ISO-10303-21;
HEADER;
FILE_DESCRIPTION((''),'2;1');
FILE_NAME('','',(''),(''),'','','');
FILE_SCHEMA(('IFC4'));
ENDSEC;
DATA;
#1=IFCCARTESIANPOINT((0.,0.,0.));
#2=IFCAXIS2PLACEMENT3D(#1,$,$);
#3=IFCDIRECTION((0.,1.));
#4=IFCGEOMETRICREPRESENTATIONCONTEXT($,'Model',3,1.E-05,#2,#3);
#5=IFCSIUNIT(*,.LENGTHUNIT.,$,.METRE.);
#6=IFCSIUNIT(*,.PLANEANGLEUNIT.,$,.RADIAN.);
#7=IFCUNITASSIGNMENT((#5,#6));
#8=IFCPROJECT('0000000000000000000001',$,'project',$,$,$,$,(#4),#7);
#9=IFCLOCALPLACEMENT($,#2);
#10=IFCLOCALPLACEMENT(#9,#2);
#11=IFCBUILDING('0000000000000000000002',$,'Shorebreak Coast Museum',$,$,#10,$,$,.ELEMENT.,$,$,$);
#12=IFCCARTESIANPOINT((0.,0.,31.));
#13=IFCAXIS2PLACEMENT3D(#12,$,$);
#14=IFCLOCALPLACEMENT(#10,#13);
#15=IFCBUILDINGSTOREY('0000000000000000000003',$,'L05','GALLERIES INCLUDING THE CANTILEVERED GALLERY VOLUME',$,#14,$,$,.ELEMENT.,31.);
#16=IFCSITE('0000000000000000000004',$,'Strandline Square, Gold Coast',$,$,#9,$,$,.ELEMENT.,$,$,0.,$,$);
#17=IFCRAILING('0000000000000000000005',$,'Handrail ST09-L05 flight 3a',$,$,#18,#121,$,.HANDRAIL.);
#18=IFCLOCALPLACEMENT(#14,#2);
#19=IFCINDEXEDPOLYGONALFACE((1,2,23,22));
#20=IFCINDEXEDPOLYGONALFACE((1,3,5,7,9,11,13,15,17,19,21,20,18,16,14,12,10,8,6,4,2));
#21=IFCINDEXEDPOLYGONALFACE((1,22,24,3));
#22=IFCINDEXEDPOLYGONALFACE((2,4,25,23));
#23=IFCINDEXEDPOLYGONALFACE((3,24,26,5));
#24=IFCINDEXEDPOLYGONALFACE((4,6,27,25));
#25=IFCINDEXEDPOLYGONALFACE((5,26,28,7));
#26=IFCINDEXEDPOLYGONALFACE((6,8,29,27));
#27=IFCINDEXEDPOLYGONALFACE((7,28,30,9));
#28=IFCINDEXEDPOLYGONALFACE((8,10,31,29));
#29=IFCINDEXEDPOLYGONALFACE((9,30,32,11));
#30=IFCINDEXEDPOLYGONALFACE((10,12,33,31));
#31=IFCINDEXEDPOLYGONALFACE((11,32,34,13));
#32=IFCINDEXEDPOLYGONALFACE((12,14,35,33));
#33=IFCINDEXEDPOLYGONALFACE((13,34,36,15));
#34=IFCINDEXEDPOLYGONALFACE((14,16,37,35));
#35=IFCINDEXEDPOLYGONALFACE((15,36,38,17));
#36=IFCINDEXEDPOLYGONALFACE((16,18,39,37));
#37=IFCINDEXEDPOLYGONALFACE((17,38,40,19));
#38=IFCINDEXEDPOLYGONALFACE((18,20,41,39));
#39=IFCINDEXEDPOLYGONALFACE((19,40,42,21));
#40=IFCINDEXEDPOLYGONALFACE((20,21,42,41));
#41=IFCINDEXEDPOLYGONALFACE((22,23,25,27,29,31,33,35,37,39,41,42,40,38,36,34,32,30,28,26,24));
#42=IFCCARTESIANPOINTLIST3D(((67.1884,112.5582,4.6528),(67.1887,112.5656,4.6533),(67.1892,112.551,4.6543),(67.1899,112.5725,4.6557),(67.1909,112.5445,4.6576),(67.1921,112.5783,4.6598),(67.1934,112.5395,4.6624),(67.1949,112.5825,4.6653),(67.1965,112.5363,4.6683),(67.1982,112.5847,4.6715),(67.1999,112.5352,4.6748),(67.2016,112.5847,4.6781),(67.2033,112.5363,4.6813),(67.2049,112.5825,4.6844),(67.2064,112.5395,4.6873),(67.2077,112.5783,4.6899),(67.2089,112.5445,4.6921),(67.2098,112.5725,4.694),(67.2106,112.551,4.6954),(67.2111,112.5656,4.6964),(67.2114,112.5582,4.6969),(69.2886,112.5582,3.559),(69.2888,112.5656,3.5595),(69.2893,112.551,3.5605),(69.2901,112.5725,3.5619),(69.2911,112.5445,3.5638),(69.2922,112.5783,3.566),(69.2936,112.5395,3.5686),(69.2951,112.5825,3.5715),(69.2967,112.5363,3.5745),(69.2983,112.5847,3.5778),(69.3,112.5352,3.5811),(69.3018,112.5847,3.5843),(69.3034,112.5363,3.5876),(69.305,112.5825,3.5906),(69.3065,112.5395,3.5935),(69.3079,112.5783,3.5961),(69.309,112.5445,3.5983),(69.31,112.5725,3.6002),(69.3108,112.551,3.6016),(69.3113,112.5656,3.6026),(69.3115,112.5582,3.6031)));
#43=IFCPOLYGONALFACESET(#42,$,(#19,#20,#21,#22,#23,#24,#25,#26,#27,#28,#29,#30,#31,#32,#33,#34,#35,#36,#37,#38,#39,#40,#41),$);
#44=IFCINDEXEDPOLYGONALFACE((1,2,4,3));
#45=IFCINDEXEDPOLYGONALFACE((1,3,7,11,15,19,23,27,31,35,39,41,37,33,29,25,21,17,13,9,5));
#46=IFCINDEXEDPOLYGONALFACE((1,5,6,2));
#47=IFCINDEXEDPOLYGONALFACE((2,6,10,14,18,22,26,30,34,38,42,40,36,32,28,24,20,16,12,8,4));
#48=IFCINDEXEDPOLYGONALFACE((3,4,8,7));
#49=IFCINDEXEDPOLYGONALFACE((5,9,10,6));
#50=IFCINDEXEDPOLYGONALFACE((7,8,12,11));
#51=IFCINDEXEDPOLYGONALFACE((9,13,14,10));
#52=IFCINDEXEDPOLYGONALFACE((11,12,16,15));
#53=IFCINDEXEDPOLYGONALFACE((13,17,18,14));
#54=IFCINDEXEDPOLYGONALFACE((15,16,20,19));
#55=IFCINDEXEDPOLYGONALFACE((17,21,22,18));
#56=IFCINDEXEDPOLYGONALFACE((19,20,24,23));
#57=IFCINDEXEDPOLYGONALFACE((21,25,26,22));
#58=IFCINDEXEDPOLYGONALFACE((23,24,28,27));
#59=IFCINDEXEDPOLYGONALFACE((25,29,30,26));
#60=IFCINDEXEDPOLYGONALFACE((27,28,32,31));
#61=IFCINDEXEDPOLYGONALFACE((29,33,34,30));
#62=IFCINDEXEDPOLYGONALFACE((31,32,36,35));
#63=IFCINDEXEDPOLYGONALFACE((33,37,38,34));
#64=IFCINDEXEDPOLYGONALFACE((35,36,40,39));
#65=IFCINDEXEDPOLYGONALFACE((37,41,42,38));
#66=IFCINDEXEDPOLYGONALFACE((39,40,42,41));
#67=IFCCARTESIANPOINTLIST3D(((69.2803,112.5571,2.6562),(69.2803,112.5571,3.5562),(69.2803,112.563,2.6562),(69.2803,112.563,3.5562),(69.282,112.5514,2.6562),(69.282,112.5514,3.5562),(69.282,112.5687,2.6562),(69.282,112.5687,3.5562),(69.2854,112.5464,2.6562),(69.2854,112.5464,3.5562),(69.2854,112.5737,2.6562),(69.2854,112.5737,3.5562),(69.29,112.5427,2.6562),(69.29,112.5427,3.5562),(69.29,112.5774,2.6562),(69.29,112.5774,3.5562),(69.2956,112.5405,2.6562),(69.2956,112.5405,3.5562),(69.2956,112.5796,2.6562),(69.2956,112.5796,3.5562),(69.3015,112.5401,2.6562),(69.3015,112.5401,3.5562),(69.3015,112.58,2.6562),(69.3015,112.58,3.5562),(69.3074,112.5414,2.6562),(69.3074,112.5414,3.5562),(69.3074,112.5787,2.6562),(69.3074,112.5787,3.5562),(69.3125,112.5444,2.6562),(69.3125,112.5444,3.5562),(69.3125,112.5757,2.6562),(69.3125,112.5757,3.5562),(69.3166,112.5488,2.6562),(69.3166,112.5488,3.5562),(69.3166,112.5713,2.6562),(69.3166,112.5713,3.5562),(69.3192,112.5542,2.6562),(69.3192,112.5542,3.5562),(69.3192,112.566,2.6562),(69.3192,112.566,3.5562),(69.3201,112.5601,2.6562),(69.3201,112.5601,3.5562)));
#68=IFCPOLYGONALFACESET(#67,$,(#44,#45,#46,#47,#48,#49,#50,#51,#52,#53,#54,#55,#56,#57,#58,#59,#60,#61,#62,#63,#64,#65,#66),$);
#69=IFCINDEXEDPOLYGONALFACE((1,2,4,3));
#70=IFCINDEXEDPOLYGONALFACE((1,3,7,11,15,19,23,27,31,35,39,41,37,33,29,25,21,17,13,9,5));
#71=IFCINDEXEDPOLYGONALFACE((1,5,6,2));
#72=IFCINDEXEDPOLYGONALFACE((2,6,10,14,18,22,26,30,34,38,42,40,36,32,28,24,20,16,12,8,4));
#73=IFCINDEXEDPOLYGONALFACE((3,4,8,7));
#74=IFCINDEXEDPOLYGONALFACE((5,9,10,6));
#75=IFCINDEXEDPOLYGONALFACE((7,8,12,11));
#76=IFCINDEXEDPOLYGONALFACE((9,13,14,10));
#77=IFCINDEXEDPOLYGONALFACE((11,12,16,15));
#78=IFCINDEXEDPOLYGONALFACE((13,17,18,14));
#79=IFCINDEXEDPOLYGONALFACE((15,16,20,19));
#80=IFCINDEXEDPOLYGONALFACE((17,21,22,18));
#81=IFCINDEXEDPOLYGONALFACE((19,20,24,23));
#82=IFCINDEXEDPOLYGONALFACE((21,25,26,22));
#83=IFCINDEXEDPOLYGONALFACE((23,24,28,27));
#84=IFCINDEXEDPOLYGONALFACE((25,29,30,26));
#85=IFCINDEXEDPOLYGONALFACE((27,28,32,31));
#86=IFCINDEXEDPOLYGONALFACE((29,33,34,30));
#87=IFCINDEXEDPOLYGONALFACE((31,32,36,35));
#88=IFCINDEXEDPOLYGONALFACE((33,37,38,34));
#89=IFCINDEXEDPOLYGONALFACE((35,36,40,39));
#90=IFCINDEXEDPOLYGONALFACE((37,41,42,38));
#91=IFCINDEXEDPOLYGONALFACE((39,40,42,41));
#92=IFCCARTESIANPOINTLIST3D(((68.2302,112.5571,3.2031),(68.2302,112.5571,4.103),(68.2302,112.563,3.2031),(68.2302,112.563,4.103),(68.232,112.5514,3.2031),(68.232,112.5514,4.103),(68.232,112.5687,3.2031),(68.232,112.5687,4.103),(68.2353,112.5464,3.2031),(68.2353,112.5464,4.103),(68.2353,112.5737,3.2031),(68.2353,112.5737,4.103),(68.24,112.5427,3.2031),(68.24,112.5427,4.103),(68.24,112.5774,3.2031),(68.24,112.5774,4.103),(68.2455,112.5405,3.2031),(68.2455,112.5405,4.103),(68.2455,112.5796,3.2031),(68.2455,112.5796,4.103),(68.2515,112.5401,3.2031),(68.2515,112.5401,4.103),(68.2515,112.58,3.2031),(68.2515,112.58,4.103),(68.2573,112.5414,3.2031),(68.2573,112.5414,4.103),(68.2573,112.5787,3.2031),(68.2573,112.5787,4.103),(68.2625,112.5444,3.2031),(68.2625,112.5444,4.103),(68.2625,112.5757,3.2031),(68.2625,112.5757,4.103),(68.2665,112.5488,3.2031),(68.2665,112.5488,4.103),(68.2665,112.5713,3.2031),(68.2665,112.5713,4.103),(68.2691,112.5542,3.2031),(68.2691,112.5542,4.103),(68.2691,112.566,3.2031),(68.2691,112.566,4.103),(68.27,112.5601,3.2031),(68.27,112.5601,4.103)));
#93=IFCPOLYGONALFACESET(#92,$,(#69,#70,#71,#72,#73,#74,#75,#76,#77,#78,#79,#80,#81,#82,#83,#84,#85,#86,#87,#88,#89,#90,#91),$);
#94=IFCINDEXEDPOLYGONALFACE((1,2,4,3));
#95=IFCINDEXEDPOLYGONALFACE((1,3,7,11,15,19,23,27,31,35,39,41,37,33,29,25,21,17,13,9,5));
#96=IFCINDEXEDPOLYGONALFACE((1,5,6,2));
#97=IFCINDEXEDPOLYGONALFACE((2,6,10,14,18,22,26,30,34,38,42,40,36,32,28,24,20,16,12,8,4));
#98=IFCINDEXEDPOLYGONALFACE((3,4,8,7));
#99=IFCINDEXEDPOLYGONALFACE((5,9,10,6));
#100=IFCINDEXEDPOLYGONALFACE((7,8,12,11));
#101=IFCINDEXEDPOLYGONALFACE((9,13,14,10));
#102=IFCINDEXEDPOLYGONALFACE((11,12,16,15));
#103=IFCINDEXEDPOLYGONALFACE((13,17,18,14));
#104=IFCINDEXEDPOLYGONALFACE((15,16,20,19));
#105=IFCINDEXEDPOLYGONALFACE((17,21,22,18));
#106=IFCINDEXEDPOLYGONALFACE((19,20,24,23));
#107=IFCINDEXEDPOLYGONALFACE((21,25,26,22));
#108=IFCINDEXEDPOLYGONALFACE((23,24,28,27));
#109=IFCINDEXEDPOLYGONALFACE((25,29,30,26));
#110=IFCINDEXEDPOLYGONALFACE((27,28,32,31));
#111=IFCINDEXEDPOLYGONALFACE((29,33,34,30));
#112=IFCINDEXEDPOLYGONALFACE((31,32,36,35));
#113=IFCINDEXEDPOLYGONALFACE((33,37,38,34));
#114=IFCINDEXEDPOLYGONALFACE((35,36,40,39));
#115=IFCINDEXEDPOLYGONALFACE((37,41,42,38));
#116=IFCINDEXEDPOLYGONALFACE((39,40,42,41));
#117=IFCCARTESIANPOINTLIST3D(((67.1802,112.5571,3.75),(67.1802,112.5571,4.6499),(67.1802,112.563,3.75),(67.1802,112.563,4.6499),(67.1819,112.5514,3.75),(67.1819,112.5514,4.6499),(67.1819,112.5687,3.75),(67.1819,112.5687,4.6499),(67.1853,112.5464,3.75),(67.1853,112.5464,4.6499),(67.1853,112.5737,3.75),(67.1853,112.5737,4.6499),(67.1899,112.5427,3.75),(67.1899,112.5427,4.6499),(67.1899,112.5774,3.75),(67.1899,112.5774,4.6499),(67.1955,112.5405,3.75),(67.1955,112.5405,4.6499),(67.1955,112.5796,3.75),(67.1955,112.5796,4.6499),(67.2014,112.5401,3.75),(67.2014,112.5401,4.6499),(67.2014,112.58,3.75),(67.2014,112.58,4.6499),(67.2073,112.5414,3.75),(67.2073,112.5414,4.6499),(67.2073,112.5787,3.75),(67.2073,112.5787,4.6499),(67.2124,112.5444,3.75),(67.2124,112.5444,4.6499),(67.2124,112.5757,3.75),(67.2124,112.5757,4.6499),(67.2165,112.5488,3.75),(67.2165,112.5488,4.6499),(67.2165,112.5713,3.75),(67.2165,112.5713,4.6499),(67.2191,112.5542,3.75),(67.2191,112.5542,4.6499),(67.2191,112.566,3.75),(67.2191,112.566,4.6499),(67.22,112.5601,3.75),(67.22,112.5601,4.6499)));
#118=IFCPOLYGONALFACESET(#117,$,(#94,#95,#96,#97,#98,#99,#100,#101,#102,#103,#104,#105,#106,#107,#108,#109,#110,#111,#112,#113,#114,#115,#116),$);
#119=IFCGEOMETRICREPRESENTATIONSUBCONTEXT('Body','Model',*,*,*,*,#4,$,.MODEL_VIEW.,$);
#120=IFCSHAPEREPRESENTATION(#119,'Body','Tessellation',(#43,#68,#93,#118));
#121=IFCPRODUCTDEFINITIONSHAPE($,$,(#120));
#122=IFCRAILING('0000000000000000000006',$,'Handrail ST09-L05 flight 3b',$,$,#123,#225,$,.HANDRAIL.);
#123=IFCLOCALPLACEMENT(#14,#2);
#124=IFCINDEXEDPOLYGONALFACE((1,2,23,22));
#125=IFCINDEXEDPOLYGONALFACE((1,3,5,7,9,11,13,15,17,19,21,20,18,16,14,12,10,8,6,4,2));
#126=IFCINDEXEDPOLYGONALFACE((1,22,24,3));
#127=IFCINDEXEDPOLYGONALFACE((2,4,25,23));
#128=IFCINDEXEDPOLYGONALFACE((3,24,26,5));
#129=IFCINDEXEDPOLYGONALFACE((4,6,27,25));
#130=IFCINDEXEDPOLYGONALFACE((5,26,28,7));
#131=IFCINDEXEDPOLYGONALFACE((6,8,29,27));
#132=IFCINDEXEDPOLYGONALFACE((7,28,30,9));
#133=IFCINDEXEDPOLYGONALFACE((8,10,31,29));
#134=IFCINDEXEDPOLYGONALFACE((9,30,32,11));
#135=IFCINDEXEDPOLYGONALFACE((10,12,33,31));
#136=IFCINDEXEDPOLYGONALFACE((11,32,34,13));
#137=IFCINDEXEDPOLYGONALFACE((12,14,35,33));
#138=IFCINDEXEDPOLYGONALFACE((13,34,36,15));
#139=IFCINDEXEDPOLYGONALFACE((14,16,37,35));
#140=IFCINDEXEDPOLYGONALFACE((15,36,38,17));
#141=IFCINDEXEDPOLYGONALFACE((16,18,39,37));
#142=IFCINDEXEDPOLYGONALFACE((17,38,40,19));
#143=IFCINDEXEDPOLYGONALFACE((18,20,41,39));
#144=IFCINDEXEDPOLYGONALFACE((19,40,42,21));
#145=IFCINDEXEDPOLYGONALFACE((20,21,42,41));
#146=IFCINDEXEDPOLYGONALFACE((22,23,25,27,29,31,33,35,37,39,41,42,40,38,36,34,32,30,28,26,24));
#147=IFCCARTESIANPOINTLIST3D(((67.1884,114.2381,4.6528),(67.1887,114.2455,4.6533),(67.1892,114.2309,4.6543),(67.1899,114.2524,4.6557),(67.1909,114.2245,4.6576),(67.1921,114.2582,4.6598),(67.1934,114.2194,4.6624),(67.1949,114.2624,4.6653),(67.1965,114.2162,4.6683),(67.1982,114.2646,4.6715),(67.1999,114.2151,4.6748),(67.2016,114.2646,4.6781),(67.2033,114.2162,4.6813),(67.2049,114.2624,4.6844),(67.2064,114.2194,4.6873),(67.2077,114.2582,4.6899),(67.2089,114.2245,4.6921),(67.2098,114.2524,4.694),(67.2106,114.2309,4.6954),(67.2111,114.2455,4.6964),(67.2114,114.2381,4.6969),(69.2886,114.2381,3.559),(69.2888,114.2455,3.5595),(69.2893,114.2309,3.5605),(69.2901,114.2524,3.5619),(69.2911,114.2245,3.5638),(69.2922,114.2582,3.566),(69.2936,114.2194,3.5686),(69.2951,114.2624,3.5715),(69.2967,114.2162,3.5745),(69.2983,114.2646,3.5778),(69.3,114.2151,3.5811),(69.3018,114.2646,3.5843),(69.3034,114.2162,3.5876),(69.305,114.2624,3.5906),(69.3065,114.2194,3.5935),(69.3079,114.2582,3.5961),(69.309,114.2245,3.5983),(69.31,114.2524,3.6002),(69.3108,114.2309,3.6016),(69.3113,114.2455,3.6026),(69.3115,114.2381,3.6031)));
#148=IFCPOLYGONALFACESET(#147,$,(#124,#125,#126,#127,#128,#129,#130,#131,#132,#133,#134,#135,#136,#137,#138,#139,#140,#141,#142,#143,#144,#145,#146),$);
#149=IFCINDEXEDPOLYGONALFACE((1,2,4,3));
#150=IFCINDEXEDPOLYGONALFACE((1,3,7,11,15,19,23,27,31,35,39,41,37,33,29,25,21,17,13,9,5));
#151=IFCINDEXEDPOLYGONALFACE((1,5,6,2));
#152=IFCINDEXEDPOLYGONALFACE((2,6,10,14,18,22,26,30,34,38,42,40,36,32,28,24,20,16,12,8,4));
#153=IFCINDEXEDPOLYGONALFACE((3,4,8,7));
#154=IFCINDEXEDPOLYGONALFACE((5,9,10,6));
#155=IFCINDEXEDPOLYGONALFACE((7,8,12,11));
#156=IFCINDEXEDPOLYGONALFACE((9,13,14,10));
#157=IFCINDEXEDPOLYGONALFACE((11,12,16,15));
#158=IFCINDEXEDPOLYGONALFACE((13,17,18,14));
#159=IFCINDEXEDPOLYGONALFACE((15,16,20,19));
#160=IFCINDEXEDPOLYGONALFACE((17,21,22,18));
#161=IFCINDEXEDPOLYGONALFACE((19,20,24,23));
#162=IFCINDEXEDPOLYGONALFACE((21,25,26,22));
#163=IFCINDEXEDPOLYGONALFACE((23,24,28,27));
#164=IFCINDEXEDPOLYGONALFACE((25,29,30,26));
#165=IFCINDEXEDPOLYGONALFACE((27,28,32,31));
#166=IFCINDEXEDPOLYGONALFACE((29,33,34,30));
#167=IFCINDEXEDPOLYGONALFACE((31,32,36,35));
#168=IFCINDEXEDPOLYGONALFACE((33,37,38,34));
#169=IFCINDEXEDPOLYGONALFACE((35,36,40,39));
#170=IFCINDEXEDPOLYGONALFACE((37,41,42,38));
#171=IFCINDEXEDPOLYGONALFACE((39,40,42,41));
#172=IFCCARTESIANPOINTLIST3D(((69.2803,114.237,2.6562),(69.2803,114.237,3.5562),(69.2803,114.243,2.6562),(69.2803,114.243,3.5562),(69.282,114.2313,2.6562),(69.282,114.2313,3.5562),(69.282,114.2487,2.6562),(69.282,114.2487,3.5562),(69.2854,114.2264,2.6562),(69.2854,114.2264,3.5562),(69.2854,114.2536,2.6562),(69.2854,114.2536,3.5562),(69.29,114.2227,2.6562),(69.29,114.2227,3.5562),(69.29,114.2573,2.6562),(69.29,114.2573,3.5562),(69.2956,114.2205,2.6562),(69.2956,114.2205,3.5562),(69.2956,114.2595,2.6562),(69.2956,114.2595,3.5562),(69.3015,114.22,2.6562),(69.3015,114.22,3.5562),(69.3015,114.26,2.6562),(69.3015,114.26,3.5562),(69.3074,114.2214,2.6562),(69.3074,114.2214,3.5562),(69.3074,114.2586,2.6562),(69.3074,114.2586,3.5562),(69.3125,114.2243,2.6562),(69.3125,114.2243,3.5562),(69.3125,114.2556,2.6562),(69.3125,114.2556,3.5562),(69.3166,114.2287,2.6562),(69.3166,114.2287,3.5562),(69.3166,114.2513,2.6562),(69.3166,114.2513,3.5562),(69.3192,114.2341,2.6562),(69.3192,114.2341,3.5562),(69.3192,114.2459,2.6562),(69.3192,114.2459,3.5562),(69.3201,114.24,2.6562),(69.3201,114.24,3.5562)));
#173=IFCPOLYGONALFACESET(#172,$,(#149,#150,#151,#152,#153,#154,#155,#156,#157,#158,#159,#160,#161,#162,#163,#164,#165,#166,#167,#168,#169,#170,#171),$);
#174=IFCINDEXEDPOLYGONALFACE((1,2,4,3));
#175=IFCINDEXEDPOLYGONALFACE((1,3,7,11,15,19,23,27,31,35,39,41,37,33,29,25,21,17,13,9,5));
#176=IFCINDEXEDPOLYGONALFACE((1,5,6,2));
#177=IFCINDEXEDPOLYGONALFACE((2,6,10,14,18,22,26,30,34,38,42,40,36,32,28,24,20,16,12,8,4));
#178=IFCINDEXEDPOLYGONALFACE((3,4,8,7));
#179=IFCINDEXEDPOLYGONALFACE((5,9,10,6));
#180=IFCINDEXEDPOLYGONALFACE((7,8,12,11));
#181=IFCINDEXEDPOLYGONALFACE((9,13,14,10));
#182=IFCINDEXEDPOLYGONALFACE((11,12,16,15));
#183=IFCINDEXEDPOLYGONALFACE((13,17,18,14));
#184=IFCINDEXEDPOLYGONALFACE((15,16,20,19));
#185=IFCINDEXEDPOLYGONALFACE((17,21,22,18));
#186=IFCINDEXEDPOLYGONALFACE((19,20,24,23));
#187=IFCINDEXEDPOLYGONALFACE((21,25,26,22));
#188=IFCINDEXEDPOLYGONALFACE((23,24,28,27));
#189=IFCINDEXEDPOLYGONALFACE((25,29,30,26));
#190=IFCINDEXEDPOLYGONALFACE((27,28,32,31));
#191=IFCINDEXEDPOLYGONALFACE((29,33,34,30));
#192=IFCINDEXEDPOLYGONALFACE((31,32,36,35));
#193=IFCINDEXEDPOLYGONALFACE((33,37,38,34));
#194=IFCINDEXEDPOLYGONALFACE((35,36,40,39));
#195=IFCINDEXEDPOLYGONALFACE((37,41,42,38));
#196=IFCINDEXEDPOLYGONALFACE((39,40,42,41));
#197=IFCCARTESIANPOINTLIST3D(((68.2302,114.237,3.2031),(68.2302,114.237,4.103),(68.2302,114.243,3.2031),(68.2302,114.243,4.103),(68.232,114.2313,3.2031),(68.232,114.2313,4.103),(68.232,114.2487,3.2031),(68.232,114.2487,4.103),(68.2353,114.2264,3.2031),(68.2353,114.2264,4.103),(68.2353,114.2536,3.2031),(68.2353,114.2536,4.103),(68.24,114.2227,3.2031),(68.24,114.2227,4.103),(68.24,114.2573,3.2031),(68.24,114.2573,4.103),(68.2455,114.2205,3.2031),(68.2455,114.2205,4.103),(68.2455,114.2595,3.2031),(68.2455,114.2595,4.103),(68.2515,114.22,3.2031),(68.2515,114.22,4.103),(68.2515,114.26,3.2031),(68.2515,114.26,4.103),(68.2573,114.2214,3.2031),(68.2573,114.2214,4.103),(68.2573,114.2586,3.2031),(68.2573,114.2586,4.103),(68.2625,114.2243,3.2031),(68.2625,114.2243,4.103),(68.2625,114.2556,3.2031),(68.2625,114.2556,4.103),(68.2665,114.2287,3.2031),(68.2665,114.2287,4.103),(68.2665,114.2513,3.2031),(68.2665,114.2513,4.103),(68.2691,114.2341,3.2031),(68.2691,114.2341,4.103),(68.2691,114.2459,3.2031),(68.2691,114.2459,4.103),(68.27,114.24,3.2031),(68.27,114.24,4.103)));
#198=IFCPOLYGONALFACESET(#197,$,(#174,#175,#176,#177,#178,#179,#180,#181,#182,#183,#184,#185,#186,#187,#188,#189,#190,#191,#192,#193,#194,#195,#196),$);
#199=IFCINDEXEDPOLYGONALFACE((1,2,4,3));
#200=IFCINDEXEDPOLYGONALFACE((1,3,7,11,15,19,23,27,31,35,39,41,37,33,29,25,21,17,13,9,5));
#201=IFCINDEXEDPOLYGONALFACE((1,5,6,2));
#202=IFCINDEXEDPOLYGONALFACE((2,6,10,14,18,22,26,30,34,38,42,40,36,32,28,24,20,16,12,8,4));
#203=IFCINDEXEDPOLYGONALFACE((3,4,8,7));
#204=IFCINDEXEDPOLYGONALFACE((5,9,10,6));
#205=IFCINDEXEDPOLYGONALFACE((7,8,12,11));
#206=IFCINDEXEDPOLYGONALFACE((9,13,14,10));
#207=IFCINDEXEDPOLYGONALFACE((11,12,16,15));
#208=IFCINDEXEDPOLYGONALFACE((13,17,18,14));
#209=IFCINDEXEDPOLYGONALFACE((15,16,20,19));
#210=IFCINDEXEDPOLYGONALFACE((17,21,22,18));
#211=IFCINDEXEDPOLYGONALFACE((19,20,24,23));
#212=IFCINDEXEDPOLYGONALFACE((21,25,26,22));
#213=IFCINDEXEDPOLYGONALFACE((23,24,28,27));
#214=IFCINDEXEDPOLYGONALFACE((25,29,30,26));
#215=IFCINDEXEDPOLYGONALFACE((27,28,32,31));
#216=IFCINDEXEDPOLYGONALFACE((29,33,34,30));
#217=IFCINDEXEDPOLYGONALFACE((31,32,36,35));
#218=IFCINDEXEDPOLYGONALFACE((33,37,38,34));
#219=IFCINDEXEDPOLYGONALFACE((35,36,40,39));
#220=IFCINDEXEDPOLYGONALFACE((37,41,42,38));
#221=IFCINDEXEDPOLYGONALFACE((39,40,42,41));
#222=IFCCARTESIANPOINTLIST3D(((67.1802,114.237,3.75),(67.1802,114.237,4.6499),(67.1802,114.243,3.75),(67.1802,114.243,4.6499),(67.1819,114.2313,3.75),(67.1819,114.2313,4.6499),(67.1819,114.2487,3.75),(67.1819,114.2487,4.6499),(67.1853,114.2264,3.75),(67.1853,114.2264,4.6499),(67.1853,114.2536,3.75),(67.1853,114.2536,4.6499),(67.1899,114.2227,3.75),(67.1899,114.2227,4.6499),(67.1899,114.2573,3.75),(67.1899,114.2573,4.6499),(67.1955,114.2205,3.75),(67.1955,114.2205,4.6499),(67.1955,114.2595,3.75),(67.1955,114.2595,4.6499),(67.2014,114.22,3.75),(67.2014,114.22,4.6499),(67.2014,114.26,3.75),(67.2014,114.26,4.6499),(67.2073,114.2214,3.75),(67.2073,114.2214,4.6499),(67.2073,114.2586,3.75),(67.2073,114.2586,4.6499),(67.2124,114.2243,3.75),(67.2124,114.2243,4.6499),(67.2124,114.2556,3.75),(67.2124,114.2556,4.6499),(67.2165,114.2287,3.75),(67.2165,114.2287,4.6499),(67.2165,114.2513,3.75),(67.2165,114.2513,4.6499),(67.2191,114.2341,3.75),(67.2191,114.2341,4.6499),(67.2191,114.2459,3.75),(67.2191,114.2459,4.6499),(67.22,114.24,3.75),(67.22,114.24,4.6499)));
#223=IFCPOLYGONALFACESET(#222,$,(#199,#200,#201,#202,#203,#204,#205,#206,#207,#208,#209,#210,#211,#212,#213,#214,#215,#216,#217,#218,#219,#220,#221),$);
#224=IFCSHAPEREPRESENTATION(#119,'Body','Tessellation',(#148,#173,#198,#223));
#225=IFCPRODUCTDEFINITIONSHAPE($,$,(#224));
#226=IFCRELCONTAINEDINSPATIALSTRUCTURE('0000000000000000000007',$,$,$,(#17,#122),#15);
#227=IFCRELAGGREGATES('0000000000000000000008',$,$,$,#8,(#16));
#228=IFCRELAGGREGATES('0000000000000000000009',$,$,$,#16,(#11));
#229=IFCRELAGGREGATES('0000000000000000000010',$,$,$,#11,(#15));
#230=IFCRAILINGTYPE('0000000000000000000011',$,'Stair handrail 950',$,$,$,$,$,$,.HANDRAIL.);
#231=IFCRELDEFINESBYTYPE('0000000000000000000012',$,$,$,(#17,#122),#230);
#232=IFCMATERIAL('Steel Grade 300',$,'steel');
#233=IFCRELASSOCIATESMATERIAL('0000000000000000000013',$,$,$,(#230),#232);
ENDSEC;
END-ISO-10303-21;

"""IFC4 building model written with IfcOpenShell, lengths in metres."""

from ifc_helpers import new_model, si_unit, direction, frame, origin, origin_2d, place, context, subcontext, project, spatial, circle, extrude, material, type_object, element, save


model = new_model("IFC4")

# Units and contexts
model_context = context("Model", 3, precision=1e-05, world=origin(), true_north=direction((0.0, 1.0)))
body_context = subcontext(model_context, "Body", "Model", "MODEL_VIEW")
ifc_project = project(units=[si_unit("LENGTHUNIT", "METRE"), si_unit("PLANEANGLEUNIT", "RADIAN")], contexts=[model_context])

# Site, building, storey
site_placement = place(None, origin())
site = spatial("IfcSite", under=ifc_project, at=site_placement, Name="Strandline Square, Gold Coast", CompositionType="ELEMENT", RefElevation=0.0)
building_placement = place(site_placement, origin())
building = spatial("IfcBuilding", under=site, at=building_placement, Name="Shorebreak Coast Museum", CompositionType="ELEMENT")
storey_placement = place(building_placement, frame((0.0, 0.0, 31.0)))
storey = spatial("IfcBuildingStorey", under=building, at=storey_placement, Name="L05", Description="GALLERIES INCLUDING THE CANTILEVERED GALLERY VOLUME", CompositionType="ELEMENT", Elevation=31.0)

# Railings
ifc_material_1 = material(Name="Steel Grade 300", Category="steel")
railing_type_1 = type_object("IfcRailingType", Name="Stair handrail 950", PredefinedType="HANDRAIL", material=ifc_material_1)
for number, where, name in (
    (1, (69.3, 112.5601, 2.6562), "Handrail ST09-L05 flight 3a"),
    (2, (69.3, 114.24, 2.6562), "Handrail ST09-L05 flight 3b"),
):
    element("IfcRailing", number, at=place(storey_placement, frame(where)), inside=storey, type_object=railing_type_1, Name=name, PredefinedType="HANDRAIL", context=body_context, shape_type="SweptSolid", body=[
        extrude(circle(Radius=0.0249, at=origin_2d()), frame((0.0, 0.0, 0.9248), z_axis=(-0.886923, 0.0, 0.461918), x_axis=(0.0, -1.0, 0.0)), (0.0, 0.0, 1.0), 2.3679),
        extrude(circle(Radius=0.02, at=origin_2d()), origin(), (0.0, 0.0, 1.0), 0.8999),
        extrude(circle(Radius=0.02, at=origin_2d()), frame((-1.05, 0.0, 0.5469)), (0.0, 0.0, 1.0), 0.8999),
        extrude(circle(Radius=0.02, at=origin_2d()), frame((-2.1001, 0.0, 1.0938)), (0.0, 0.0, 1.0), 0.8999),
    ])

save(model, "model.ifc")
